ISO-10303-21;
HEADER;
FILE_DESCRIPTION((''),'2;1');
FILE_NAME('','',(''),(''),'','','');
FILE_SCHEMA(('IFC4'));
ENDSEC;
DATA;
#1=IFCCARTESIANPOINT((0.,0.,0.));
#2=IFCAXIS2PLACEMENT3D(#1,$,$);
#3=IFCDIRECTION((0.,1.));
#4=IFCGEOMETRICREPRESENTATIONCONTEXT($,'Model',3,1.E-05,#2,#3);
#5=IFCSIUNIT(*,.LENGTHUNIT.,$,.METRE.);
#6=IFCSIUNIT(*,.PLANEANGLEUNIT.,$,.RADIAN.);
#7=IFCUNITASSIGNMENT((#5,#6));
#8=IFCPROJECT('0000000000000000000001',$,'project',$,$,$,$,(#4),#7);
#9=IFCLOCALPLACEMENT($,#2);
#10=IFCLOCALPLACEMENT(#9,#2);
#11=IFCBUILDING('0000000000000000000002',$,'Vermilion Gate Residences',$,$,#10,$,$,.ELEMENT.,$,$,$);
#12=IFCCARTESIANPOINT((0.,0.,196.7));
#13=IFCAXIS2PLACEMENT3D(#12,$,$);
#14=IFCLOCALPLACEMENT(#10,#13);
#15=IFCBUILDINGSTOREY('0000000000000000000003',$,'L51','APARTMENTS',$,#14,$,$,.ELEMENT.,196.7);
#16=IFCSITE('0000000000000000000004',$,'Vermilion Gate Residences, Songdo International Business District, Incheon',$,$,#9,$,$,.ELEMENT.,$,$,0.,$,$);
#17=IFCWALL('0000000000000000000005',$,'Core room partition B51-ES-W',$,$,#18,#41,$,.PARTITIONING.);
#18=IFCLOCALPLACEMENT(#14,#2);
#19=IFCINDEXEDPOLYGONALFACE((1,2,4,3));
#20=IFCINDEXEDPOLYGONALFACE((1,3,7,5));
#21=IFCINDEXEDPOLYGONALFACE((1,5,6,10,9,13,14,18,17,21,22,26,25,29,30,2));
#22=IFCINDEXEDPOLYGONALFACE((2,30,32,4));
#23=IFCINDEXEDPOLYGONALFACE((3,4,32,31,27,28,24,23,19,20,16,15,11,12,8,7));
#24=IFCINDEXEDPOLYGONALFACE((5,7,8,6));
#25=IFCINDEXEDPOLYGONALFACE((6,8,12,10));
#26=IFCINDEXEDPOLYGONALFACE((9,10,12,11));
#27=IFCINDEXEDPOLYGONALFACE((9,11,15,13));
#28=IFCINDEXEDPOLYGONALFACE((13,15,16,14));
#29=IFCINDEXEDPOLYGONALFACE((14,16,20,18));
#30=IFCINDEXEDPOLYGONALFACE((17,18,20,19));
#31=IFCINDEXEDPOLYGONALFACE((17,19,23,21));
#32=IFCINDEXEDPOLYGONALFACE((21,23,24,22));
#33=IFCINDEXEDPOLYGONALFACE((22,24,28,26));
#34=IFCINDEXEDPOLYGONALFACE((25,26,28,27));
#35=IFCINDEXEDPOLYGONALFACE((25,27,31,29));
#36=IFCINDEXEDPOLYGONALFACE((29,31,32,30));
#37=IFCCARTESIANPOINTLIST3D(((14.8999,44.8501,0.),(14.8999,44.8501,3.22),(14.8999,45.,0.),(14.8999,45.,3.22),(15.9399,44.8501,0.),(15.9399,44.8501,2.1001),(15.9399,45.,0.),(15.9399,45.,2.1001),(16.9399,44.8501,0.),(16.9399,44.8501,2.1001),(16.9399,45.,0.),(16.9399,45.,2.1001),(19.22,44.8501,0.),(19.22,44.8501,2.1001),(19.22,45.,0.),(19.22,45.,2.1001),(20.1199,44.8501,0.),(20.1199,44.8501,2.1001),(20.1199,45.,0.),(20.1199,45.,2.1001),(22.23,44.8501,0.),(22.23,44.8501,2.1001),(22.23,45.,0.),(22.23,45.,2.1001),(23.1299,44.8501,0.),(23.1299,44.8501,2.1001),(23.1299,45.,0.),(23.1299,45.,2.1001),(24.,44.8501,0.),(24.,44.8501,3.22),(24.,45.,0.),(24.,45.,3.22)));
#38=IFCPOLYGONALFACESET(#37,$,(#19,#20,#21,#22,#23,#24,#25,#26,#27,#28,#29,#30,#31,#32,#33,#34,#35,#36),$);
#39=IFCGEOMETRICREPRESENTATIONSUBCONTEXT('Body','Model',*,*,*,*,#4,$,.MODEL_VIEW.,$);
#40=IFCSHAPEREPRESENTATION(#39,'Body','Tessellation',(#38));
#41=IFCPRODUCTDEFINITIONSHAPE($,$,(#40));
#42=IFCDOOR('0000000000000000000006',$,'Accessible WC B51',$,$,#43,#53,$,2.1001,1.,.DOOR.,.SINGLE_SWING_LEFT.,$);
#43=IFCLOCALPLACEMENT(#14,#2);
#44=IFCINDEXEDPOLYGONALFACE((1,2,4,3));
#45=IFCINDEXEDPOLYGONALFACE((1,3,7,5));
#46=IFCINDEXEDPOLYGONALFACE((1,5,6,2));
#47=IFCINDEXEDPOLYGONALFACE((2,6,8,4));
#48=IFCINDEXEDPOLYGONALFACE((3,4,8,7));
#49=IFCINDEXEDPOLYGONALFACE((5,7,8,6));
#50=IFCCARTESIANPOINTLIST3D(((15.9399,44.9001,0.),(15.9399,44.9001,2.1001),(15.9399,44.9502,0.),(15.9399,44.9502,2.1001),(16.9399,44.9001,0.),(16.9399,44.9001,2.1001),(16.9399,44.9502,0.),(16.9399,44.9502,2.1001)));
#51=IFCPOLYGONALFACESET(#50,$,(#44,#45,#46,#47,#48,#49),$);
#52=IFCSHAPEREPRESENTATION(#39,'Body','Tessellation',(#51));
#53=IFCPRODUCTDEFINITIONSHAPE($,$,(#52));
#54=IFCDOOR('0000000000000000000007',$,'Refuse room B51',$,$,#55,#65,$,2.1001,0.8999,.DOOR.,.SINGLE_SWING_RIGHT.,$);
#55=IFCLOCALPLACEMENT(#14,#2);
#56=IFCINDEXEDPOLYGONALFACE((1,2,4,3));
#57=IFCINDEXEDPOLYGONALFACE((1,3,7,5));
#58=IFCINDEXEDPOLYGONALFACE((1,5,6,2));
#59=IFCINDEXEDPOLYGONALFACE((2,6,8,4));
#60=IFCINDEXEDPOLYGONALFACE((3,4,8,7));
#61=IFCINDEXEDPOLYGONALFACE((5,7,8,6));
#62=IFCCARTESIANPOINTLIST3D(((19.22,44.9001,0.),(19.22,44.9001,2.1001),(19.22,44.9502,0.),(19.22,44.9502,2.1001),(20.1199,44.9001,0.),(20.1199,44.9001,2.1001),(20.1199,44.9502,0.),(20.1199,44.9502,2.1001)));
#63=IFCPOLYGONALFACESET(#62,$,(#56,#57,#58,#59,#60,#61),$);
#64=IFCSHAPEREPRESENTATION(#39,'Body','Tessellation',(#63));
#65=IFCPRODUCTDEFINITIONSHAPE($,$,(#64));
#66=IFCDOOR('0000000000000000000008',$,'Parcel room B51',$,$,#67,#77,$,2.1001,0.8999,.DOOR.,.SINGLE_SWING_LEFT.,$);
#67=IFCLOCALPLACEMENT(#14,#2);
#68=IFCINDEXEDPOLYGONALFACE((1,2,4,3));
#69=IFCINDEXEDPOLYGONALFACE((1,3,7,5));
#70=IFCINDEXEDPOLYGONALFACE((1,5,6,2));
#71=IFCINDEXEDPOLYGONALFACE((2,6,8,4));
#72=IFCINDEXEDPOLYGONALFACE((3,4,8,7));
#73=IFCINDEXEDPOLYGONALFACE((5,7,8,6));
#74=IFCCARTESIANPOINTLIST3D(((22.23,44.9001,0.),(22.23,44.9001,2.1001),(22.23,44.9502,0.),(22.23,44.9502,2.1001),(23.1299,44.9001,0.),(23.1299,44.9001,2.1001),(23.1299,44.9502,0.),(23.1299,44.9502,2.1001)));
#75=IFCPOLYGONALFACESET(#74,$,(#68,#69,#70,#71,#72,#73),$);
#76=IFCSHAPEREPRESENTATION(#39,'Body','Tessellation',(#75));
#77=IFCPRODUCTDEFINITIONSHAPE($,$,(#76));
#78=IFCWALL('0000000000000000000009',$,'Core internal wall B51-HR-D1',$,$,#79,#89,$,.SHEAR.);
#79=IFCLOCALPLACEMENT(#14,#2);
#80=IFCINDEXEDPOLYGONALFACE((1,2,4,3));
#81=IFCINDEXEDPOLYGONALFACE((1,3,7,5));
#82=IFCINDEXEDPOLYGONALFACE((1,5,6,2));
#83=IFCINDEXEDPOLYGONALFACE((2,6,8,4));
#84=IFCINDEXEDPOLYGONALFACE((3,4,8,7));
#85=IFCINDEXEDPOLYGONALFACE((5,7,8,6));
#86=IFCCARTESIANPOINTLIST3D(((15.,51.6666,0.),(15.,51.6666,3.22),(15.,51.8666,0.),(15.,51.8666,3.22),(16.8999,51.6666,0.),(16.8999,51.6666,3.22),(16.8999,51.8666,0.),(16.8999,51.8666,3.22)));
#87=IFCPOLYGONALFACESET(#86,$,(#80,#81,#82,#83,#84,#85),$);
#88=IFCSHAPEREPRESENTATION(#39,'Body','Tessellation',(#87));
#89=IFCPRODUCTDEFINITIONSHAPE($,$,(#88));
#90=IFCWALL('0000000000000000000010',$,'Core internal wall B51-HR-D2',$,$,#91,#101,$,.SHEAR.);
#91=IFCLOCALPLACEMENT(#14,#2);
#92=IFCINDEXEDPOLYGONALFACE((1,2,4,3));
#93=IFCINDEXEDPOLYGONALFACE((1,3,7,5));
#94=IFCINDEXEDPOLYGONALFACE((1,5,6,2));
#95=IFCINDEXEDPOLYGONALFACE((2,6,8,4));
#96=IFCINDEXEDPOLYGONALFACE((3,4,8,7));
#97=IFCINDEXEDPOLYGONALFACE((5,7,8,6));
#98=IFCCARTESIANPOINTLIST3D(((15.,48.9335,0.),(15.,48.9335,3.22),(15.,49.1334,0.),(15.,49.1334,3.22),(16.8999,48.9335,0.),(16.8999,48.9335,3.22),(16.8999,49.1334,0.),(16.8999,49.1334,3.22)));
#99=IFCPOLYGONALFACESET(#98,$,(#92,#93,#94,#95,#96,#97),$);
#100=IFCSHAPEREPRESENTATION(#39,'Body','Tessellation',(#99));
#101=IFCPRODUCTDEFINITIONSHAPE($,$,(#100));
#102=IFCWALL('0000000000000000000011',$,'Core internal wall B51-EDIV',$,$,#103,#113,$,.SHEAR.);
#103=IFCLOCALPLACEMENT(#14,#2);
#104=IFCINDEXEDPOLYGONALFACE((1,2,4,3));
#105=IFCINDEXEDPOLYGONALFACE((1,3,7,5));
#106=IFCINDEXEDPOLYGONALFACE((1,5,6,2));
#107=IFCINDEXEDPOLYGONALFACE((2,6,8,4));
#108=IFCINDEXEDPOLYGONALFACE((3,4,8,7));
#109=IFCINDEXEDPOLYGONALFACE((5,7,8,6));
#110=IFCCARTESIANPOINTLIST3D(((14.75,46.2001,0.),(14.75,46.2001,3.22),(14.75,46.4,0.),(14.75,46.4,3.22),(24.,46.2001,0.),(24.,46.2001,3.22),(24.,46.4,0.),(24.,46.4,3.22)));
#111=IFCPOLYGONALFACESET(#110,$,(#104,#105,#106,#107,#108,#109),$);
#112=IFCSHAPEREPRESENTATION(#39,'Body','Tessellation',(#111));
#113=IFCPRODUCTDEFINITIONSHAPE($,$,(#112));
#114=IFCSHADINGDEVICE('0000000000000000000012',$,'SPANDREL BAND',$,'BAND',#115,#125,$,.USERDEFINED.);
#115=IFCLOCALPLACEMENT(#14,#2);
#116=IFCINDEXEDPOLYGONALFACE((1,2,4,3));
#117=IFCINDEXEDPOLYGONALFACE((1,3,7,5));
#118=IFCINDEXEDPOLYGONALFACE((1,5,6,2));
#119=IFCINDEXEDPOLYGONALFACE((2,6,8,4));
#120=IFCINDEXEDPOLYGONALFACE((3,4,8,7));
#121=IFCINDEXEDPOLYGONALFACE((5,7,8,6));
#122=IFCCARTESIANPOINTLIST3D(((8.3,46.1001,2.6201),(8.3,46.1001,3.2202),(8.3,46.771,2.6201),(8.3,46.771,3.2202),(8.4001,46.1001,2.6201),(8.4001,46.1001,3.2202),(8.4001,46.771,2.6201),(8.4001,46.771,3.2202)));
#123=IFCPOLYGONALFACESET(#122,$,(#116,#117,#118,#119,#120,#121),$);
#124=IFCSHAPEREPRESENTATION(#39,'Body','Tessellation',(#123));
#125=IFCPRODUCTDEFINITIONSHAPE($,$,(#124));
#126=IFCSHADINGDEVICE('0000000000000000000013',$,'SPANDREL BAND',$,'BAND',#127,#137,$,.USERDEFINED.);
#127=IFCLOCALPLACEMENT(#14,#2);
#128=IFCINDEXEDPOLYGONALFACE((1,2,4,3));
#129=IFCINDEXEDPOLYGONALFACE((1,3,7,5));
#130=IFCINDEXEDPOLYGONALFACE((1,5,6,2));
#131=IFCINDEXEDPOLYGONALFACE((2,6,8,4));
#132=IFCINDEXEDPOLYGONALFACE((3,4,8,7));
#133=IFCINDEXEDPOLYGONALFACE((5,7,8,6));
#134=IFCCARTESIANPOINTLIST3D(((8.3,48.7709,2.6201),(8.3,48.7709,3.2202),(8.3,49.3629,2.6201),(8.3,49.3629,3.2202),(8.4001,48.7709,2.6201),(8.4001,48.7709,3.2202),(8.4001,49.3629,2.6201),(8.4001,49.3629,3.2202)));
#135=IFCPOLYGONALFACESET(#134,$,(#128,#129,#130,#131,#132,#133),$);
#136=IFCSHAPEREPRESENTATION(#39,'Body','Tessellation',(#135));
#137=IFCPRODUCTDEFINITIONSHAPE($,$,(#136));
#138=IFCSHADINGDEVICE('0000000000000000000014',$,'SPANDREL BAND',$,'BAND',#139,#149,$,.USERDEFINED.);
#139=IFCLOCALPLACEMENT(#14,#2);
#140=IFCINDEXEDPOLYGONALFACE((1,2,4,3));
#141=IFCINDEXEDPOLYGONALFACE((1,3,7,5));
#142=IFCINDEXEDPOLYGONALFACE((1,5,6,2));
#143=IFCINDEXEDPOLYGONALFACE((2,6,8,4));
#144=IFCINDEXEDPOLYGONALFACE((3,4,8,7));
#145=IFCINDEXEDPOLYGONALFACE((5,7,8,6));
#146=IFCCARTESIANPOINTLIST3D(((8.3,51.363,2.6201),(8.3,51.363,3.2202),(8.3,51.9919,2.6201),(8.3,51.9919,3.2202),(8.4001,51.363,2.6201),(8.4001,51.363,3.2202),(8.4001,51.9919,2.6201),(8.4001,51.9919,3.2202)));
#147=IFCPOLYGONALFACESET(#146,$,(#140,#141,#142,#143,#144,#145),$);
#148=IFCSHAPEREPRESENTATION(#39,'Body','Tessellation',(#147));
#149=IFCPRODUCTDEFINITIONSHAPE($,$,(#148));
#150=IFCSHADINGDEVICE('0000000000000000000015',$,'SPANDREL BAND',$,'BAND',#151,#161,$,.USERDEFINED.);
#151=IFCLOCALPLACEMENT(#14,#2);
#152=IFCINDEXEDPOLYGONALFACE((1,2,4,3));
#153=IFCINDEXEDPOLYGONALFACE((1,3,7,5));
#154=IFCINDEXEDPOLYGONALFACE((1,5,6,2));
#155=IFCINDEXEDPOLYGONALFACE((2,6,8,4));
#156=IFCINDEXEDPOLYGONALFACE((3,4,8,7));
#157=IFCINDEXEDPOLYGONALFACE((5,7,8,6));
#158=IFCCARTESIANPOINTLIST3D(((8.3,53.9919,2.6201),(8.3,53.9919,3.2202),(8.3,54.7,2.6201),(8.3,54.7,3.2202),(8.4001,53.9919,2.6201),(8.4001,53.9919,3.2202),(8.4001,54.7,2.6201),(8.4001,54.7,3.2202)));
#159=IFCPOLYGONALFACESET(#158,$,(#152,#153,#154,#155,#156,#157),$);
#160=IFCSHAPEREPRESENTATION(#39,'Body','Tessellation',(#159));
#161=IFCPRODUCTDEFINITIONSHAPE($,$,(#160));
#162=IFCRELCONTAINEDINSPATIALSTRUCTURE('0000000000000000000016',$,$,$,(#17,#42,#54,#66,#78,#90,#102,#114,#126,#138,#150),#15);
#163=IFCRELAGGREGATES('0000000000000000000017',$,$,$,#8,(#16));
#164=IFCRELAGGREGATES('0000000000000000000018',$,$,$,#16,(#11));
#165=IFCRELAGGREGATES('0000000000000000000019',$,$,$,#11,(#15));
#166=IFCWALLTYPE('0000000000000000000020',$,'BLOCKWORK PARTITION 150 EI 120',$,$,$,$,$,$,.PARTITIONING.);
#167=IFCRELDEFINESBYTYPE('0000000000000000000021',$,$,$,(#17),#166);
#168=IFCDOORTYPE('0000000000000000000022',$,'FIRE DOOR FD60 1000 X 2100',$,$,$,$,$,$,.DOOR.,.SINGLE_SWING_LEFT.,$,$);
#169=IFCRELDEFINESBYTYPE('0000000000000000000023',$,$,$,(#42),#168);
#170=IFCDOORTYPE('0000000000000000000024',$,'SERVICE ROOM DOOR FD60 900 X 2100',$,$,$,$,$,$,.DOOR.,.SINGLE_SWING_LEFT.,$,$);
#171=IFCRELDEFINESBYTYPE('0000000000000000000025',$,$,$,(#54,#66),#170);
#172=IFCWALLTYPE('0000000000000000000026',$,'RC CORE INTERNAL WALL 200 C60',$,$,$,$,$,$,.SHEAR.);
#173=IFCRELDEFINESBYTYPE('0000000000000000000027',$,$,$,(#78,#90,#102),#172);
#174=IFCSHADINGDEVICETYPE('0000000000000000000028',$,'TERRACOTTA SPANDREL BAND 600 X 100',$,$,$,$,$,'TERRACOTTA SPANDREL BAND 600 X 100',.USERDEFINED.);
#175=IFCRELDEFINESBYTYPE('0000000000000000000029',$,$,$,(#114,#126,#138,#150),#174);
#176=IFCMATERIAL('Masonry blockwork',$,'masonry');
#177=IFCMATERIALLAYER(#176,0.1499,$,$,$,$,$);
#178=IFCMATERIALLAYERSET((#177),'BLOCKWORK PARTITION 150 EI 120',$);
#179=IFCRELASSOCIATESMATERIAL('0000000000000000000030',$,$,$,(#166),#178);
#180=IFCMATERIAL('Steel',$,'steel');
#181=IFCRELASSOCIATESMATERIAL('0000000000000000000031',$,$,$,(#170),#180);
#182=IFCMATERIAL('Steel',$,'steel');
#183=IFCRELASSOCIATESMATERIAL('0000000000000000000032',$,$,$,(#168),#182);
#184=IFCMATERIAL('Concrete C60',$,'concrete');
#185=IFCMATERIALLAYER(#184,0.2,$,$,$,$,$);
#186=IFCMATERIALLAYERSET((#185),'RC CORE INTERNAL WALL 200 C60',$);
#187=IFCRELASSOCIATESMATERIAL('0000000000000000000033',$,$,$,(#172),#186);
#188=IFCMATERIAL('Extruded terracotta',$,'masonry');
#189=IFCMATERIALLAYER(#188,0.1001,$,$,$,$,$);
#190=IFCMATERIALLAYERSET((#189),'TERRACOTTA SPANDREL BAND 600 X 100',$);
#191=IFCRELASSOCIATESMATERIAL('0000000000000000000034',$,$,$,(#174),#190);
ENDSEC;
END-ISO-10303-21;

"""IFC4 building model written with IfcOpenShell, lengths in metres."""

from ifc_helpers import new_model, si_unit, direction, frame, frame_2d, origin, origin_2d, place, context, subcontext, project, spatial, rectangle, extrude, material, layer, layer_set, type_object, element, fill, save


model = new_model("IFC4")

# Units and contexts
model_context = context("Model", 3, precision=1e-05, world=origin(), true_north=direction((0.0, 1.0)))
body_context = subcontext(model_context, "Body", "Model", "MODEL_VIEW")
ifc_project = project(units=[si_unit("LENGTHUNIT", "METRE"), si_unit("PLANEANGLEUNIT", "RADIAN")], contexts=[model_context])

# Site, building, storey
site_placement = place(None, origin())
site = spatial("IfcSite", under=ifc_project, at=site_placement, Name="Vermilion Gate Residences, Songdo International Business District, Incheon", CompositionType="ELEMENT", RefElevation=0.0)
building_placement = place(site_placement, origin())
building = spatial("IfcBuilding", under=site, at=building_placement, Name="Vermilion Gate Residences", CompositionType="ELEMENT")
storey_placement = place(building_placement, frame((0.0, 0.0, 196.7)))
storey = spatial("IfcBuildingStorey", under=building, at=storey_placement, Name="L51", Description="APARTMENTS", CompositionType="ELEMENT", Elevation=196.7)

# Shared definitions
ifc_material_1 = material(Name="Masonry blockwork", Category="masonry")
ifc_layer_1 = layer(ifc_material_1, 0.1499)
ifc_layer_set_1 = layer_set([ifc_layer_1], Name="BLOCKWORK PARTITION 150 EI 120")
wall_type_1 = type_object("IfcWallType", Name="BLOCKWORK PARTITION 150 EI 120", PredefinedType="PARTITIONING", material=ifc_layer_set_1)

# Shared definitions
ifc_material_2 = material(Name="Steel", Category="steel")
door_type_1 = type_object("IfcDoorType", Name="SERVICE ROOM DOOR FD60 900 X 2100", OperationType="SINGLE_SWING_LEFT", PredefinedType="DOOR", material=ifc_material_2)

# Shared definitions
ifc_material_3 = material(Name="Steel", Category="steel")
door_type_2 = type_object("IfcDoorType", Name="FIRE DOOR FD60 1000 X 2100", OperationType="SINGLE_SWING_LEFT", PredefinedType="DOOR", material=ifc_material_3)

# Wall, openings, doors
wall_1_placement = place(storey_placement, frame((14.8999, 44.925, 0.0), z_axis=(0.0, 0.0, 1.0), x_axis=(1.0, 0.0, 0.0)))
wall_1 = element("IfcWall", 1, at=wall_1_placement, inside=storey, type_object=wall_type_1, Name="Core room partition B51-ES-W", PredefinedType="PARTITIONING", context=body_context, shape_type="SweptSolid", body=[
    extrude(rectangle(XDim=9.1001, YDim=0.1499, at=frame_2d((4.55, 0.0))), origin(), (0.0, 0.0, 1.0), 3.22),
])
opening_1_placement = place(wall_1_placement, frame((1.04, 0.0, 0.0)))
opening_1 = element("IfcOpeningElement", 2, at=opening_1_placement, cuts=wall_1, PredefinedType="OPENING", context=body_context, shape_type="SweptSolid", body=[
    extrude(rectangle(XDim=1.0, YDim=2.1001, at=frame_2d((0.5, 1.05))), frame((0.0, 0.085, 0.0), z_axis=(0.0, -1.0, 0.0), x_axis=(1.0, 0.0, 0.0)), (0.0, 0.0, 1.0), 0.1699),
])
opening_2_placement = place(wall_1_placement, frame((4.3201, 0.0, 0.0)))
opening_2 = element("IfcOpeningElement", 3, at=opening_2_placement, cuts=wall_1, PredefinedType="OPENING", context=body_context, shape_type="SweptSolid", body=[
    extrude(rectangle(XDim=0.8999, YDim=2.1001, at=frame_2d((0.45, 1.05))), frame((0.0, 0.085, 0.0), z_axis=(0.0, -1.0, 0.0), x_axis=(1.0, 0.0, 0.0)), (0.0, 0.0, 1.0), 0.1699),
])
opening_3_placement = place(wall_1_placement, frame((7.3301, 0.0, 0.0)))
opening_3 = element("IfcOpeningElement", 4, at=opening_3_placement, cuts=wall_1, PredefinedType="OPENING", context=body_context, shape_type="SweptSolid", body=[
    extrude(rectangle(XDim=0.8999, YDim=2.1001, at=frame_2d((0.45, 1.05))), frame((0.0, 0.085, 0.0), z_axis=(0.0, -1.0, 0.0), x_axis=(1.0, 0.0, 0.0)), (0.0, 0.0, 1.0), 0.1699),
])
door_1_placement = place(opening_1_placement, frame((1.0, 0.0, 0.0), z_axis=(0.0, 0.0, 1.0), x_axis=(-1.0, 0.0, 0.0)))
door_1 = element("IfcDoor", 5, at=door_1_placement, inside=storey, type_object=door_type_2, Name="Accessible WC B51", OperationType="SINGLE_SWING_LEFT", OverallHeight=2.1001, OverallWidth=1.0, PredefinedType="DOOR", context=body_context, shape_type="SweptSolid", body=[
    extrude(rectangle(XDim=1.0, YDim=2.1001, at=frame_2d((0.5, 1.05))), frame((0.0, 0.0249, 0.0), z_axis=(0.0, -1.0, 0.0), x_axis=(1.0, 0.0, 0.0)), (0.0, 0.0, 1.0), 0.05),
])
fill(opening_1, door_1)
door_2_placement = place(opening_2_placement, frame((0.8999, 0.0, 0.0), z_axis=(0.0, 0.0, 1.0), x_axis=(-1.0, 0.0, 0.0)))
door_2 = element("IfcDoor", 6, at=door_2_placement, inside=storey, type_object=door_type_1, Name="Refuse room B51", OperationType="SINGLE_SWING_RIGHT", OverallHeight=2.1001, OverallWidth=0.8999, PredefinedType="DOOR", context=body_context, shape_type="SweptSolid", body=[
    extrude(rectangle(XDim=0.8999, YDim=2.1001, at=frame_2d((0.45, 1.05))), frame((0.0, 0.0249, 0.0), z_axis=(0.0, -1.0, 0.0), x_axis=(1.0, 0.0, 0.0)), (0.0, 0.0, 1.0), 0.05),
])
fill(opening_2, door_2)
door_3_placement = place(opening_3_placement, frame((0.8999, 0.0, 0.0), z_axis=(0.0, 0.0, 1.0), x_axis=(-1.0, 0.0, 0.0)))
door_3 = element("IfcDoor", 7, at=door_3_placement, inside=storey, type_object=door_type_1, Name="Parcel room B51", OperationType="SINGLE_SWING_LEFT", OverallHeight=2.1001, OverallWidth=0.8999, PredefinedType="DOOR", context=body_context, shape_type="SweptSolid", body=[
    extrude(rectangle(XDim=0.8999, YDim=2.1001, at=frame_2d((0.45, 1.05))), frame((0.0, 0.0249, 0.0), z_axis=(0.0, -1.0, 0.0), x_axis=(1.0, 0.0, 0.0)), (0.0, 0.0, 1.0), 0.05),
])
fill(opening_3, door_3)

# Walls
ifc_material_4 = material(Name="Concrete C60", Category="concrete")
ifc_layer_2 = layer(ifc_material_4, 0.2)
ifc_layer_set_2 = layer_set([ifc_layer_2], Name="RC CORE INTERNAL WALL 200 C60")
wall_type_2 = type_object("IfcWallType", Name="RC CORE INTERNAL WALL 200 C60", PredefinedType="SHEAR", material=ifc_layer_set_2)
for number, where, z_axis, x_axis, name in (
    (8, (15.0, 51.7666, 0.0), (0.0, 0.0, 1.0), (1.0, 0.0, 0.0), "Core internal wall B51-HR-D1"),
    (9, (15.0, 49.0334, 0.0), (0.0, 0.0, 1.0), (1.0, 0.0, 0.0), "Core internal wall B51-HR-D2"),
):
    element("IfcWall", number, at=place(storey_placement, frame(where, z_axis=z_axis, x_axis=x_axis)), inside=storey, type_object=wall_type_2, Name=name, PredefinedType="SHEAR", context=body_context, shape_type="SweptSolid", body=[
        extrude(rectangle(XDim=1.8999, YDim=0.2, at=frame_2d((0.95, 0.0))), origin(), (0.0, 0.0, 1.0), 3.22),
    ])
wall_2_placement = place(storey_placement, frame((14.75, 46.3, 0.0), z_axis=(0.0, 0.0, 1.0), x_axis=(1.0, 0.0, 0.0)))
element("IfcWall", 10, at=wall_2_placement, inside=storey, type_object=wall_type_2, Name="Core internal wall B51-EDIV", PredefinedType="SHEAR", context=body_context, shape_type="SweptSolid", body=[
    extrude(rectangle(XDim=9.25, YDim=0.2, at=frame_2d((4.625, 0.0))), origin(), (0.0, 0.0, 1.0), 3.22),
])

# Shading devices
ifc_material_5 = material(Name="Extruded terracotta", Category="masonry")
ifc_layer_3 = layer(ifc_material_5, 0.1001)
ifc_layer_set_3 = layer_set([ifc_layer_3], Name="TERRACOTTA SPANDREL BAND 600 X 100")
shading_device_type = type_object("IfcShadingDeviceType", Name="TERRACOTTA SPANDREL BAND 600 X 100", ElementType="TERRACOTTA SPANDREL BAND 600 X 100", PredefinedType="USERDEFINED", material=ifc_layer_set_3)
shading_device_1_placement = place(storey_placement, frame((8.3501, 46.4355, 2.6201), z_axis=(0.0, 0.0, 1.0), x_axis=(0.0, 1.0, 0.0)))
element("IfcShadingDevice", 11, at=shading_device_1_placement, inside=storey, type_object=shading_device_type, Name="SPANDREL BAND", ObjectType="BAND", PredefinedType="USERDEFINED", context=body_context, shape_type="SweptSolid", body=[
    extrude(rectangle(XDim=0.6709, YDim=0.1001, at=origin_2d()), origin(), (0.0, 0.0, 1.0), 0.6001),
])
shading_device_2_placement = place(storey_placement, frame((8.3501, 49.0669, 2.6201), z_axis=(0.0, 0.0, 1.0), x_axis=(0.0, 1.0, 0.0)))
element("IfcShadingDevice", 12, at=shading_device_2_placement, inside=storey, type_object=shading_device_type, Name="SPANDREL BAND", ObjectType="BAND", PredefinedType="USERDEFINED", context=body_context, shape_type="SweptSolid", body=[
    extrude(rectangle(XDim=0.592, YDim=0.1001, at=origin_2d()), origin(), (0.0, 0.0, 1.0), 0.6001),
])
shading_device_3_placement = place(storey_placement, frame((8.3501, 51.6775, 2.6201), z_axis=(0.0, 0.0, 1.0), x_axis=(0.0, 1.0, 0.0)))
element("IfcShadingDevice", 13, at=shading_device_3_placement, inside=storey, type_object=shading_device_type, Name="SPANDREL BAND", ObjectType="BAND", PredefinedType="USERDEFINED", context=body_context, shape_type="SweptSolid", body=[
    extrude(rectangle(XDim=0.6289, YDim=0.1001, at=origin_2d()), origin(), (0.0, 0.0, 1.0), 0.6001),
])
shading_device_4_placement = place(storey_placement, frame((8.3501, 54.3459, 2.6201), z_axis=(0.0, 0.0, 1.0), x_axis=(0.0, 1.0, 0.0)))
element("IfcShadingDevice", 14, at=shading_device_4_placement, inside=storey, type_object=shading_device_type, Name="SPANDREL BAND", ObjectType="BAND", PredefinedType="USERDEFINED", context=body_context, shape_type="SweptSolid", body=[
    extrude(rectangle(XDim=0.708, YDim=0.1001, at=origin_2d()), origin(), (0.0, 0.0, 1.0), 0.6001),
])

save(model, "model.ifc")
